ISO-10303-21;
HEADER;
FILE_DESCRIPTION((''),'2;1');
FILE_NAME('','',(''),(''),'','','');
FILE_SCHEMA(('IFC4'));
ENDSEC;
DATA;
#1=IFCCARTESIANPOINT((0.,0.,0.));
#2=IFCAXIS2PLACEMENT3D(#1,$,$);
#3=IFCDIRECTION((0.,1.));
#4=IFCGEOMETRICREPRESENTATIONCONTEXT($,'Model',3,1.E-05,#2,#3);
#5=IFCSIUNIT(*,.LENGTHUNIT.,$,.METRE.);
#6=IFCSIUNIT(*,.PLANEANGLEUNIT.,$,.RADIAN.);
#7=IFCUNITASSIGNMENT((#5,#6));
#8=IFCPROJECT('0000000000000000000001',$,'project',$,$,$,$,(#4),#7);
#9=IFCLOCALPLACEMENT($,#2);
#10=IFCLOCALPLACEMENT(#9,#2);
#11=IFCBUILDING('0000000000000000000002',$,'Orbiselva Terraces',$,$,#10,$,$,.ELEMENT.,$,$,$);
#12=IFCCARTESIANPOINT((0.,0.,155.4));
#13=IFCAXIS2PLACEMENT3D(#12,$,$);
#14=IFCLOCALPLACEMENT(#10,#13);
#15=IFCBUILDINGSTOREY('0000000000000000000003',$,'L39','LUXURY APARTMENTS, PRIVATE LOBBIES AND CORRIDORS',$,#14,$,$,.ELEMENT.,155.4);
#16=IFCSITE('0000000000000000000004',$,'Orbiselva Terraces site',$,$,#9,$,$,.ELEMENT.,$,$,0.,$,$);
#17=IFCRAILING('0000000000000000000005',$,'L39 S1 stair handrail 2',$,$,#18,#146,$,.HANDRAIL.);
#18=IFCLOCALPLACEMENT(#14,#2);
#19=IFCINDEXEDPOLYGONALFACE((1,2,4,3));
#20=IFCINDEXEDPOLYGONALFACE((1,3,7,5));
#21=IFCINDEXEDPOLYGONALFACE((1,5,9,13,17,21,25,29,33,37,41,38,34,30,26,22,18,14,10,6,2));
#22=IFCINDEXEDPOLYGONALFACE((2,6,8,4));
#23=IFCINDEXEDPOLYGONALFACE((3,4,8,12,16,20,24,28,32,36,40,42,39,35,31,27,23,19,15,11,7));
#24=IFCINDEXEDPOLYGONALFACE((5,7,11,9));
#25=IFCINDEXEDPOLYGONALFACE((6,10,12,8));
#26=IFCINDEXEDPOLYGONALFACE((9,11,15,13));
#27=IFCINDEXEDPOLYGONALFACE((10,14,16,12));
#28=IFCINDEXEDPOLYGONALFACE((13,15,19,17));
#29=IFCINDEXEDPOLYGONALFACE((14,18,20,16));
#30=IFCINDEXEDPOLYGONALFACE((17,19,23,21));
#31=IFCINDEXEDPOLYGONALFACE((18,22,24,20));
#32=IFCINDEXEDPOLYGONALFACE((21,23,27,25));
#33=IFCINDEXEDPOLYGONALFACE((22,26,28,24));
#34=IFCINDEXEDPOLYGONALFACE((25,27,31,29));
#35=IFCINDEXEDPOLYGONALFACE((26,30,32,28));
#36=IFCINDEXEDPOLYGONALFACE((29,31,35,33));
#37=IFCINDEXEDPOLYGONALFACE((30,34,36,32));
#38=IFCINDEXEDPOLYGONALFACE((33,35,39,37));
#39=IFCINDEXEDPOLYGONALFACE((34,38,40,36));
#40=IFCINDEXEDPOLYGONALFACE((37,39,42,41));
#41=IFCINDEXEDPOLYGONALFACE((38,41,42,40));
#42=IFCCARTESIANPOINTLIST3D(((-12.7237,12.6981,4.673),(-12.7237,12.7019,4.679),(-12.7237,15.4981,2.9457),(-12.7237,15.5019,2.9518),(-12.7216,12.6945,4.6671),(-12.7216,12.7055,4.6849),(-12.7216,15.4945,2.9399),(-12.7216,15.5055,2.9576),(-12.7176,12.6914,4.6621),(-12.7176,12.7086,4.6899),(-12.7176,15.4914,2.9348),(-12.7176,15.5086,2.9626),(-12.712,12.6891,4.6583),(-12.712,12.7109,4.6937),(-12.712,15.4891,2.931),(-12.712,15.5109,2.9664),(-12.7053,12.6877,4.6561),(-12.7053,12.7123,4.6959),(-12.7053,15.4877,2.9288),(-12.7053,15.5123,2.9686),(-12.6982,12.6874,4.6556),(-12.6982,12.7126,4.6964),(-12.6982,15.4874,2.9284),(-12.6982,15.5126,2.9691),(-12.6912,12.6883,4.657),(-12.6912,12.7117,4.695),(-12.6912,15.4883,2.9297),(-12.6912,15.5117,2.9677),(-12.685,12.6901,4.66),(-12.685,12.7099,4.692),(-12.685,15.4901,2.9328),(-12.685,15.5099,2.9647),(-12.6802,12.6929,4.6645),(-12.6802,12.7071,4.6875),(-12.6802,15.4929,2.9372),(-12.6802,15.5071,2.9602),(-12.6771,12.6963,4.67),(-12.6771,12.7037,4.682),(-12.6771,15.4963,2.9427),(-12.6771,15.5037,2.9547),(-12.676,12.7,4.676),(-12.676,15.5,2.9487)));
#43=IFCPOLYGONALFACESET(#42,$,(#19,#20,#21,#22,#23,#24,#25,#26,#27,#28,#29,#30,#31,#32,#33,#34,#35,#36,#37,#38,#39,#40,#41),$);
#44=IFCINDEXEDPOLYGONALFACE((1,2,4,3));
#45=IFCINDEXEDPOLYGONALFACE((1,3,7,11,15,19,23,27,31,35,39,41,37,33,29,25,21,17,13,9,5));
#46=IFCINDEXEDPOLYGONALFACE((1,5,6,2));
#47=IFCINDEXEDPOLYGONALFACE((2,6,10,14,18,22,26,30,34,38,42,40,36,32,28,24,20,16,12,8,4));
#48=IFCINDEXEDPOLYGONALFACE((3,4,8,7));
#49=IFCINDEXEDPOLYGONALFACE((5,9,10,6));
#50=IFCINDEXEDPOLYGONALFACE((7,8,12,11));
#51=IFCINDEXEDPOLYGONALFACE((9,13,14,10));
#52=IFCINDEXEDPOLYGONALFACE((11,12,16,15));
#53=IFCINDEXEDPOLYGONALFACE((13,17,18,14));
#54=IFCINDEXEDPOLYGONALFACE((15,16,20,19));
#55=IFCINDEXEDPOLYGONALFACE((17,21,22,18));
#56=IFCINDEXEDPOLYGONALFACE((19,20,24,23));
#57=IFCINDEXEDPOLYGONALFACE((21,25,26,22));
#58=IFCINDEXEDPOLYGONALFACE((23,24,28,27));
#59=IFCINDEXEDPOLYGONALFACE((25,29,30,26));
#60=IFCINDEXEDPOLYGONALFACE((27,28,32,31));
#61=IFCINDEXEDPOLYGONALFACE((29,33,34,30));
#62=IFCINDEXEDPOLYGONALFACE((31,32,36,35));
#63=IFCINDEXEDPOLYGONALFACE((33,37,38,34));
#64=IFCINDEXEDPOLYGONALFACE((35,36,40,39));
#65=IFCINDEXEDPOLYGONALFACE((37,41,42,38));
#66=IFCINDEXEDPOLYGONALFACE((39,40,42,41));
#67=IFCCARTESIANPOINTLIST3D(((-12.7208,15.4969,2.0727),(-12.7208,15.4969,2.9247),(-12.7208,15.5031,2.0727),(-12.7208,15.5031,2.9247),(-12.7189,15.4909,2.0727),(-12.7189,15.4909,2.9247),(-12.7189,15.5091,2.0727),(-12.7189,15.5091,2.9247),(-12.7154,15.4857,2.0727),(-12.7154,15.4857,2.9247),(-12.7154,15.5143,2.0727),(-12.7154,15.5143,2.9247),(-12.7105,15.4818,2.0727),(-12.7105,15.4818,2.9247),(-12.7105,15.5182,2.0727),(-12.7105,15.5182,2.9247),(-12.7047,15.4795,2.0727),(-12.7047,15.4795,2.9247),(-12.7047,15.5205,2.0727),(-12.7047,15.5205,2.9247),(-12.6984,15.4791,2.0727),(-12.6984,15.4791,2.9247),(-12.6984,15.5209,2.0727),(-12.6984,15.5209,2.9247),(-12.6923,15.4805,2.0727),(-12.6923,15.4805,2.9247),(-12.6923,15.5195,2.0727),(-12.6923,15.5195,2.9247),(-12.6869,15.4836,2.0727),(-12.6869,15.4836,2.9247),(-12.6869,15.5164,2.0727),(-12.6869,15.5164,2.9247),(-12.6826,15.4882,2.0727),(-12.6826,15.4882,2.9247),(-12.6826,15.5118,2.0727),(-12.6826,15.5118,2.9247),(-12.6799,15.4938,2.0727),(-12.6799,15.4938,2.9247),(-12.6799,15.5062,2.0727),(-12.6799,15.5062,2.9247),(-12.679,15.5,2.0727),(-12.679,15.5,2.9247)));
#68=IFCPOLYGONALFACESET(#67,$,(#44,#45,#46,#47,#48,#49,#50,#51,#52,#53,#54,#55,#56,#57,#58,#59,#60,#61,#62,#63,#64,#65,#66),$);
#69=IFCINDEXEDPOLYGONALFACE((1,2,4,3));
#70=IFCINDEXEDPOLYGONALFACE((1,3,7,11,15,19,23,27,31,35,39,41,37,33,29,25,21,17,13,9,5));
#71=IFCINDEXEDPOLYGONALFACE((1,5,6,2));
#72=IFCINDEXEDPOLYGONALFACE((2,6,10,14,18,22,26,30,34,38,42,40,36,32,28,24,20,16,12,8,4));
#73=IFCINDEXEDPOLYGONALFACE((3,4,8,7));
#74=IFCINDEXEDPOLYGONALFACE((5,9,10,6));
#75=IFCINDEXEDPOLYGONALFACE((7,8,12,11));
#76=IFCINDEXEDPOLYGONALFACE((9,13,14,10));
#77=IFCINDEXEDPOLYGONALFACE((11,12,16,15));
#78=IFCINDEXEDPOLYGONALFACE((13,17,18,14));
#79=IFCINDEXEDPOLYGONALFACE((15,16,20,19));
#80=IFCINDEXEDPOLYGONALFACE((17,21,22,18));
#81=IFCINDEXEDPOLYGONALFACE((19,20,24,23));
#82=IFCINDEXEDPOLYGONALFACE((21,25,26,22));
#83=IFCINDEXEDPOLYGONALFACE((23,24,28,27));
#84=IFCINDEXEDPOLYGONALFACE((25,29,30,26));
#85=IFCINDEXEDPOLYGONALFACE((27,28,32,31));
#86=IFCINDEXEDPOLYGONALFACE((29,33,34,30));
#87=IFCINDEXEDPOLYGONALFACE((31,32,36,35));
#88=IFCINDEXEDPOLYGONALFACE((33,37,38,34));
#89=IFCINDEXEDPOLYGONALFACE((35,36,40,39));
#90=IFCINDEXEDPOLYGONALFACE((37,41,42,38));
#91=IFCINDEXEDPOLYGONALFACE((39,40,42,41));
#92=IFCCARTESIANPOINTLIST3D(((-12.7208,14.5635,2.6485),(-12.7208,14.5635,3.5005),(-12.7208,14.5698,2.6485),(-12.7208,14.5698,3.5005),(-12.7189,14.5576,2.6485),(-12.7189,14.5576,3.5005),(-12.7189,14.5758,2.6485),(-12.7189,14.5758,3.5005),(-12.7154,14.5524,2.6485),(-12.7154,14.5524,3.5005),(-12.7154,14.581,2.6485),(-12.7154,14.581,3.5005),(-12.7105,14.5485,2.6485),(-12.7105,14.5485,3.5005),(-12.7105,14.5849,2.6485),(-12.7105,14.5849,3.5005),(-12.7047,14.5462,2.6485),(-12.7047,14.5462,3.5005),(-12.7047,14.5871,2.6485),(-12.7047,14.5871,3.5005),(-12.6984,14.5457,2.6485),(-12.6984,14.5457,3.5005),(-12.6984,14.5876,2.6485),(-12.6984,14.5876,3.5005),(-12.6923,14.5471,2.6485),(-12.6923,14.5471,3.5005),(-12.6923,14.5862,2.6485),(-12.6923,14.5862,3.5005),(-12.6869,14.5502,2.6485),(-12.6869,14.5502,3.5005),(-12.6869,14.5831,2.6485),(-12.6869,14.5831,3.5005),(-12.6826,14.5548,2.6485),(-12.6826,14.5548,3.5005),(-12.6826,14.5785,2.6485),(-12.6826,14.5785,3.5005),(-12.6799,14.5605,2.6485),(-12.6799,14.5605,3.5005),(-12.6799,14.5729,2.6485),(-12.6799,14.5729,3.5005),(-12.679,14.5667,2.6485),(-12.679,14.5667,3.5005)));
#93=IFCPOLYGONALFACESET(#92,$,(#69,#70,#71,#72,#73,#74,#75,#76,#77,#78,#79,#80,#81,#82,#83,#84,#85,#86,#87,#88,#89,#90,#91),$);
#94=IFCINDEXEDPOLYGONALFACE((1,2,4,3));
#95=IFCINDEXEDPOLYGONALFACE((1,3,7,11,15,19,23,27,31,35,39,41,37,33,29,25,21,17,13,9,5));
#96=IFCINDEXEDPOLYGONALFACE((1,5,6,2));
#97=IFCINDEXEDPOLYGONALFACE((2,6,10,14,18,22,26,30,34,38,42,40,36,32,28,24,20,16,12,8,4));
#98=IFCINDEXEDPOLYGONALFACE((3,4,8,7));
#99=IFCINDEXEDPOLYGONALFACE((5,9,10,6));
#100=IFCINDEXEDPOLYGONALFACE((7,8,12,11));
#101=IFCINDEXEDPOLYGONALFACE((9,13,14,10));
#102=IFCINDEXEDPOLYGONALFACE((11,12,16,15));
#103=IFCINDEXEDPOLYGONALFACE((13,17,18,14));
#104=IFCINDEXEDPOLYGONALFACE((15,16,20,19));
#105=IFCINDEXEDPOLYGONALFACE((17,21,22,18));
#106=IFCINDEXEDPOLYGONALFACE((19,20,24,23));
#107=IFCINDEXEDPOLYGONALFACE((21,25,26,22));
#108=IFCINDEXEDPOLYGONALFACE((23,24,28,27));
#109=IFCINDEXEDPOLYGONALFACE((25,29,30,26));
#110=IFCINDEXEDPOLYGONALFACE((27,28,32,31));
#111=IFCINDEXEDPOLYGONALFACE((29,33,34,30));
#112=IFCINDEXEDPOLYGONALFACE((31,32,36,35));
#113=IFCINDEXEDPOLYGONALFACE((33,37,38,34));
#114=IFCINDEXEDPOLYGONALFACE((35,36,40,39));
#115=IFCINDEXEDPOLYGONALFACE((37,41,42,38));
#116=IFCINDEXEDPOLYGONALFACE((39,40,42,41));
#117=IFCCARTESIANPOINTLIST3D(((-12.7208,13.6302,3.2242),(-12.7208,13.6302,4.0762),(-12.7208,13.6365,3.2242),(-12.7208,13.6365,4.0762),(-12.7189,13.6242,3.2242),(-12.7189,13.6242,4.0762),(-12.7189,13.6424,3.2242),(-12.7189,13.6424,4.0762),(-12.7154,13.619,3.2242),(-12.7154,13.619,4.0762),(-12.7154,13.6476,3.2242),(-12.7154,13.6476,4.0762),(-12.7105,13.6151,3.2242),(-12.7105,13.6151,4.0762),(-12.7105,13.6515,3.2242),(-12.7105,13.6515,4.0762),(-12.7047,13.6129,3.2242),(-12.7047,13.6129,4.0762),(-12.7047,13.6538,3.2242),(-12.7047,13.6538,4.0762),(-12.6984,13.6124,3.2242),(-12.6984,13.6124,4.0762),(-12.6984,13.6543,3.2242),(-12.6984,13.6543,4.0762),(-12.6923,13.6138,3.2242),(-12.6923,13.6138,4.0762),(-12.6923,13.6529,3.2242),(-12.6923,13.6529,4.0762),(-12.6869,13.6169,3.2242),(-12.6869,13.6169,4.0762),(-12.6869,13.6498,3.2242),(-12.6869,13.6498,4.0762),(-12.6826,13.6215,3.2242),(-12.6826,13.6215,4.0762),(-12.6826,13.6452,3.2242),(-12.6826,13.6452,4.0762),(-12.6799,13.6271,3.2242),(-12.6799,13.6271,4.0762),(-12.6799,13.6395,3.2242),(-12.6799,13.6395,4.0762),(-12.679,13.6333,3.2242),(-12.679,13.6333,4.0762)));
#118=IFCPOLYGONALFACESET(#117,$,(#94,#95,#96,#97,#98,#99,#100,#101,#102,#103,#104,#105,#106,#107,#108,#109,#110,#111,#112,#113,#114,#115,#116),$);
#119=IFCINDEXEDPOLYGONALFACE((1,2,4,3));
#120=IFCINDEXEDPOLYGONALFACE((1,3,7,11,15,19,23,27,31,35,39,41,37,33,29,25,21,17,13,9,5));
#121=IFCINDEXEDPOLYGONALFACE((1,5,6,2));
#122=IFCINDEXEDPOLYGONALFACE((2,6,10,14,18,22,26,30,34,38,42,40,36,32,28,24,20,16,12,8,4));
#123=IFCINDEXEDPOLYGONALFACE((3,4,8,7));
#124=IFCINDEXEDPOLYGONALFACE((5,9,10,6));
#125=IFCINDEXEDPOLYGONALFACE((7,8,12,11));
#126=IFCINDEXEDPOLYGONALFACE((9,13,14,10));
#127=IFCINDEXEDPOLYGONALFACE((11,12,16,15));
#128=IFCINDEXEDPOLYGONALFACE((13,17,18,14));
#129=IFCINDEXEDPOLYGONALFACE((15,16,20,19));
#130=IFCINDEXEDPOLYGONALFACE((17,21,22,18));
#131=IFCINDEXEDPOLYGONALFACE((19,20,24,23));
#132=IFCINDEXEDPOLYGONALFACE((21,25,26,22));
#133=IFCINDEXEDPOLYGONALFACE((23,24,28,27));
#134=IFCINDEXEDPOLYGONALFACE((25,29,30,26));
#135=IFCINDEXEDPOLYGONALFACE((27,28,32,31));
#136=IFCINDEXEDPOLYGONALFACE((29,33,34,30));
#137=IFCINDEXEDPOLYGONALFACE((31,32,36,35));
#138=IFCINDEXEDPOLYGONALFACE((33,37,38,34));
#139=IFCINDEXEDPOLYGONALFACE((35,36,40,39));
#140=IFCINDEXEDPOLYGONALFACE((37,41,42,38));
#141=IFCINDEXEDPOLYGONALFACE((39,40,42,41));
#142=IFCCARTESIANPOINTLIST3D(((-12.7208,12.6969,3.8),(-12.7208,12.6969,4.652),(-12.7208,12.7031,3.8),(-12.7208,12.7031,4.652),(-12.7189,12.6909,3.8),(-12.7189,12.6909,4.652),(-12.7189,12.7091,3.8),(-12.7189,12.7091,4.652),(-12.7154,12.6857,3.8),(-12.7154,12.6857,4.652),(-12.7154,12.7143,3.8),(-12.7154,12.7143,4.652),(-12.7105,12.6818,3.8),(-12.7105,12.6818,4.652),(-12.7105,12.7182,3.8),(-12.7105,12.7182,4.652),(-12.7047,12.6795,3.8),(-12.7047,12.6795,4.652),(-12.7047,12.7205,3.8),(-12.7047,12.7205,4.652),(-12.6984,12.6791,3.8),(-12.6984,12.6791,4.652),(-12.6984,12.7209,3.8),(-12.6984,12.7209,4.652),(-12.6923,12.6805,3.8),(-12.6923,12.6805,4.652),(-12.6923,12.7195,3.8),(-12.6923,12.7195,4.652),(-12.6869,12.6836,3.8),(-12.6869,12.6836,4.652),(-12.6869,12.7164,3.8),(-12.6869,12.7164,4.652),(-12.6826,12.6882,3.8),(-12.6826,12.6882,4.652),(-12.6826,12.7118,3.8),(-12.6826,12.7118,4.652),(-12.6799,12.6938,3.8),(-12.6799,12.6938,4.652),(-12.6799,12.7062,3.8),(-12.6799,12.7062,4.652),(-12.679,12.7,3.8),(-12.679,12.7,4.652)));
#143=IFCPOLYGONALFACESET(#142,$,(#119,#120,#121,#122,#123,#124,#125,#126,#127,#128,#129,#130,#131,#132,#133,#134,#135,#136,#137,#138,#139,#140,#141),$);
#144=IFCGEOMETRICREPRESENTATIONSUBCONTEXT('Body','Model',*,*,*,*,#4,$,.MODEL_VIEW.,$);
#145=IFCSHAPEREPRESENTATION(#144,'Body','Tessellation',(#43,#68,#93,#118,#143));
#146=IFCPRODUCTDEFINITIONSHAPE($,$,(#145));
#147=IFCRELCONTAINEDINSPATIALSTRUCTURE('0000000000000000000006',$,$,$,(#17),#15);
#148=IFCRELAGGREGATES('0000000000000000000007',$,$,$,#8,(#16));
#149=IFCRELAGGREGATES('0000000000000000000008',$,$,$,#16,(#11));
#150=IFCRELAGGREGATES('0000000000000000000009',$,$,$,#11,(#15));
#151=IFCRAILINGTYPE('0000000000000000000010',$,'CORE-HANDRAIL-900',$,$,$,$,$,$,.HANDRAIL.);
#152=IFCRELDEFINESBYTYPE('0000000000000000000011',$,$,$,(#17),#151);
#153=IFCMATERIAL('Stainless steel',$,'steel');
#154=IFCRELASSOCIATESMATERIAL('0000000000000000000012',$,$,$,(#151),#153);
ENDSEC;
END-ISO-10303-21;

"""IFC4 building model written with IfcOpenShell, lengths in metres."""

from ifc_helpers import new_model, si_unit, direction, frame, origin, origin_2d, place, context, subcontext, project, spatial, circle, extrude, material, type_object, element, save


model = new_model("IFC4")

# Units and contexts
model_context = context("Model", 3, precision=1e-05, world=origin(), true_north=direction((0.0, 1.0)))
body_context = subcontext(model_context, "Body", "Model", "MODEL_VIEW")
ifc_project = project(units=[si_unit("LENGTHUNIT", "METRE"), si_unit("PLANEANGLEUNIT", "RADIAN")], contexts=[model_context])

# Site, building, storey
site_placement = place(None, origin())
site = spatial("IfcSite", under=ifc_project, at=site_placement, Name="Orbiselva Terraces site", CompositionType="ELEMENT", RefElevation=0.0)
building_placement = place(site_placement, origin())
building = spatial("IfcBuilding", under=site, at=building_placement, Name="Orbiselva Terraces", CompositionType="ELEMENT")
storey_placement = place(building_placement, frame((0.0, 0.0, 155.4)))
storey = spatial("IfcBuildingStorey", under=building, at=storey_placement, Name="L39", Description="LUXURY APARTMENTS, PRIVATE LOBBIES AND CORRIDORS", CompositionType="ELEMENT", Elevation=155.4)

# Railing
ifc_material_1 = material(Name="Stainless steel", Category="steel")
railing_type = type_object("IfcRailingType", Name="CORE-HANDRAIL-900", PredefinedType="HANDRAIL", material=ifc_material_1)
railing_1_placement = place(storey_placement, frame((-12.7, 15.5, 2.0727)))
element("IfcRailing", 1, at=railing_1_placement, inside=storey, type_object=railing_type, Name="L39 S1 stair handrail 2", PredefinedType="HANDRAIL", context=body_context, shape_type="SweptSolid", body=[
    extrude(circle(Radius=0.024, at=origin_2d()), frame((0.0, 0.0, 0.876), z_axis=(0.0, -0.851089, 0.525022), x_axis=(1.0, 0.0, 0.0)), (0.0, 0.0, 1.0), 3.2899),
    extrude(circle(Radius=0.021, at=origin_2d()), origin(), (0.0, 0.0, 1.0), 0.852),
    extrude(circle(Radius=0.021, at=origin_2d()), frame((0.0, -0.9333, 0.5758)), (0.0, 0.0, 1.0), 0.852),
    extrude(circle(Radius=0.021, at=origin_2d()), frame((0.0, -1.8667, 1.1515)), (0.0, 0.0, 1.0), 0.852),
    extrude(circle(Radius=0.021, at=origin_2d()), frame((0.0, -2.8, 1.7273)), (0.0, 0.0, 1.0), 0.852),
])

save(model, "model.ifc")
